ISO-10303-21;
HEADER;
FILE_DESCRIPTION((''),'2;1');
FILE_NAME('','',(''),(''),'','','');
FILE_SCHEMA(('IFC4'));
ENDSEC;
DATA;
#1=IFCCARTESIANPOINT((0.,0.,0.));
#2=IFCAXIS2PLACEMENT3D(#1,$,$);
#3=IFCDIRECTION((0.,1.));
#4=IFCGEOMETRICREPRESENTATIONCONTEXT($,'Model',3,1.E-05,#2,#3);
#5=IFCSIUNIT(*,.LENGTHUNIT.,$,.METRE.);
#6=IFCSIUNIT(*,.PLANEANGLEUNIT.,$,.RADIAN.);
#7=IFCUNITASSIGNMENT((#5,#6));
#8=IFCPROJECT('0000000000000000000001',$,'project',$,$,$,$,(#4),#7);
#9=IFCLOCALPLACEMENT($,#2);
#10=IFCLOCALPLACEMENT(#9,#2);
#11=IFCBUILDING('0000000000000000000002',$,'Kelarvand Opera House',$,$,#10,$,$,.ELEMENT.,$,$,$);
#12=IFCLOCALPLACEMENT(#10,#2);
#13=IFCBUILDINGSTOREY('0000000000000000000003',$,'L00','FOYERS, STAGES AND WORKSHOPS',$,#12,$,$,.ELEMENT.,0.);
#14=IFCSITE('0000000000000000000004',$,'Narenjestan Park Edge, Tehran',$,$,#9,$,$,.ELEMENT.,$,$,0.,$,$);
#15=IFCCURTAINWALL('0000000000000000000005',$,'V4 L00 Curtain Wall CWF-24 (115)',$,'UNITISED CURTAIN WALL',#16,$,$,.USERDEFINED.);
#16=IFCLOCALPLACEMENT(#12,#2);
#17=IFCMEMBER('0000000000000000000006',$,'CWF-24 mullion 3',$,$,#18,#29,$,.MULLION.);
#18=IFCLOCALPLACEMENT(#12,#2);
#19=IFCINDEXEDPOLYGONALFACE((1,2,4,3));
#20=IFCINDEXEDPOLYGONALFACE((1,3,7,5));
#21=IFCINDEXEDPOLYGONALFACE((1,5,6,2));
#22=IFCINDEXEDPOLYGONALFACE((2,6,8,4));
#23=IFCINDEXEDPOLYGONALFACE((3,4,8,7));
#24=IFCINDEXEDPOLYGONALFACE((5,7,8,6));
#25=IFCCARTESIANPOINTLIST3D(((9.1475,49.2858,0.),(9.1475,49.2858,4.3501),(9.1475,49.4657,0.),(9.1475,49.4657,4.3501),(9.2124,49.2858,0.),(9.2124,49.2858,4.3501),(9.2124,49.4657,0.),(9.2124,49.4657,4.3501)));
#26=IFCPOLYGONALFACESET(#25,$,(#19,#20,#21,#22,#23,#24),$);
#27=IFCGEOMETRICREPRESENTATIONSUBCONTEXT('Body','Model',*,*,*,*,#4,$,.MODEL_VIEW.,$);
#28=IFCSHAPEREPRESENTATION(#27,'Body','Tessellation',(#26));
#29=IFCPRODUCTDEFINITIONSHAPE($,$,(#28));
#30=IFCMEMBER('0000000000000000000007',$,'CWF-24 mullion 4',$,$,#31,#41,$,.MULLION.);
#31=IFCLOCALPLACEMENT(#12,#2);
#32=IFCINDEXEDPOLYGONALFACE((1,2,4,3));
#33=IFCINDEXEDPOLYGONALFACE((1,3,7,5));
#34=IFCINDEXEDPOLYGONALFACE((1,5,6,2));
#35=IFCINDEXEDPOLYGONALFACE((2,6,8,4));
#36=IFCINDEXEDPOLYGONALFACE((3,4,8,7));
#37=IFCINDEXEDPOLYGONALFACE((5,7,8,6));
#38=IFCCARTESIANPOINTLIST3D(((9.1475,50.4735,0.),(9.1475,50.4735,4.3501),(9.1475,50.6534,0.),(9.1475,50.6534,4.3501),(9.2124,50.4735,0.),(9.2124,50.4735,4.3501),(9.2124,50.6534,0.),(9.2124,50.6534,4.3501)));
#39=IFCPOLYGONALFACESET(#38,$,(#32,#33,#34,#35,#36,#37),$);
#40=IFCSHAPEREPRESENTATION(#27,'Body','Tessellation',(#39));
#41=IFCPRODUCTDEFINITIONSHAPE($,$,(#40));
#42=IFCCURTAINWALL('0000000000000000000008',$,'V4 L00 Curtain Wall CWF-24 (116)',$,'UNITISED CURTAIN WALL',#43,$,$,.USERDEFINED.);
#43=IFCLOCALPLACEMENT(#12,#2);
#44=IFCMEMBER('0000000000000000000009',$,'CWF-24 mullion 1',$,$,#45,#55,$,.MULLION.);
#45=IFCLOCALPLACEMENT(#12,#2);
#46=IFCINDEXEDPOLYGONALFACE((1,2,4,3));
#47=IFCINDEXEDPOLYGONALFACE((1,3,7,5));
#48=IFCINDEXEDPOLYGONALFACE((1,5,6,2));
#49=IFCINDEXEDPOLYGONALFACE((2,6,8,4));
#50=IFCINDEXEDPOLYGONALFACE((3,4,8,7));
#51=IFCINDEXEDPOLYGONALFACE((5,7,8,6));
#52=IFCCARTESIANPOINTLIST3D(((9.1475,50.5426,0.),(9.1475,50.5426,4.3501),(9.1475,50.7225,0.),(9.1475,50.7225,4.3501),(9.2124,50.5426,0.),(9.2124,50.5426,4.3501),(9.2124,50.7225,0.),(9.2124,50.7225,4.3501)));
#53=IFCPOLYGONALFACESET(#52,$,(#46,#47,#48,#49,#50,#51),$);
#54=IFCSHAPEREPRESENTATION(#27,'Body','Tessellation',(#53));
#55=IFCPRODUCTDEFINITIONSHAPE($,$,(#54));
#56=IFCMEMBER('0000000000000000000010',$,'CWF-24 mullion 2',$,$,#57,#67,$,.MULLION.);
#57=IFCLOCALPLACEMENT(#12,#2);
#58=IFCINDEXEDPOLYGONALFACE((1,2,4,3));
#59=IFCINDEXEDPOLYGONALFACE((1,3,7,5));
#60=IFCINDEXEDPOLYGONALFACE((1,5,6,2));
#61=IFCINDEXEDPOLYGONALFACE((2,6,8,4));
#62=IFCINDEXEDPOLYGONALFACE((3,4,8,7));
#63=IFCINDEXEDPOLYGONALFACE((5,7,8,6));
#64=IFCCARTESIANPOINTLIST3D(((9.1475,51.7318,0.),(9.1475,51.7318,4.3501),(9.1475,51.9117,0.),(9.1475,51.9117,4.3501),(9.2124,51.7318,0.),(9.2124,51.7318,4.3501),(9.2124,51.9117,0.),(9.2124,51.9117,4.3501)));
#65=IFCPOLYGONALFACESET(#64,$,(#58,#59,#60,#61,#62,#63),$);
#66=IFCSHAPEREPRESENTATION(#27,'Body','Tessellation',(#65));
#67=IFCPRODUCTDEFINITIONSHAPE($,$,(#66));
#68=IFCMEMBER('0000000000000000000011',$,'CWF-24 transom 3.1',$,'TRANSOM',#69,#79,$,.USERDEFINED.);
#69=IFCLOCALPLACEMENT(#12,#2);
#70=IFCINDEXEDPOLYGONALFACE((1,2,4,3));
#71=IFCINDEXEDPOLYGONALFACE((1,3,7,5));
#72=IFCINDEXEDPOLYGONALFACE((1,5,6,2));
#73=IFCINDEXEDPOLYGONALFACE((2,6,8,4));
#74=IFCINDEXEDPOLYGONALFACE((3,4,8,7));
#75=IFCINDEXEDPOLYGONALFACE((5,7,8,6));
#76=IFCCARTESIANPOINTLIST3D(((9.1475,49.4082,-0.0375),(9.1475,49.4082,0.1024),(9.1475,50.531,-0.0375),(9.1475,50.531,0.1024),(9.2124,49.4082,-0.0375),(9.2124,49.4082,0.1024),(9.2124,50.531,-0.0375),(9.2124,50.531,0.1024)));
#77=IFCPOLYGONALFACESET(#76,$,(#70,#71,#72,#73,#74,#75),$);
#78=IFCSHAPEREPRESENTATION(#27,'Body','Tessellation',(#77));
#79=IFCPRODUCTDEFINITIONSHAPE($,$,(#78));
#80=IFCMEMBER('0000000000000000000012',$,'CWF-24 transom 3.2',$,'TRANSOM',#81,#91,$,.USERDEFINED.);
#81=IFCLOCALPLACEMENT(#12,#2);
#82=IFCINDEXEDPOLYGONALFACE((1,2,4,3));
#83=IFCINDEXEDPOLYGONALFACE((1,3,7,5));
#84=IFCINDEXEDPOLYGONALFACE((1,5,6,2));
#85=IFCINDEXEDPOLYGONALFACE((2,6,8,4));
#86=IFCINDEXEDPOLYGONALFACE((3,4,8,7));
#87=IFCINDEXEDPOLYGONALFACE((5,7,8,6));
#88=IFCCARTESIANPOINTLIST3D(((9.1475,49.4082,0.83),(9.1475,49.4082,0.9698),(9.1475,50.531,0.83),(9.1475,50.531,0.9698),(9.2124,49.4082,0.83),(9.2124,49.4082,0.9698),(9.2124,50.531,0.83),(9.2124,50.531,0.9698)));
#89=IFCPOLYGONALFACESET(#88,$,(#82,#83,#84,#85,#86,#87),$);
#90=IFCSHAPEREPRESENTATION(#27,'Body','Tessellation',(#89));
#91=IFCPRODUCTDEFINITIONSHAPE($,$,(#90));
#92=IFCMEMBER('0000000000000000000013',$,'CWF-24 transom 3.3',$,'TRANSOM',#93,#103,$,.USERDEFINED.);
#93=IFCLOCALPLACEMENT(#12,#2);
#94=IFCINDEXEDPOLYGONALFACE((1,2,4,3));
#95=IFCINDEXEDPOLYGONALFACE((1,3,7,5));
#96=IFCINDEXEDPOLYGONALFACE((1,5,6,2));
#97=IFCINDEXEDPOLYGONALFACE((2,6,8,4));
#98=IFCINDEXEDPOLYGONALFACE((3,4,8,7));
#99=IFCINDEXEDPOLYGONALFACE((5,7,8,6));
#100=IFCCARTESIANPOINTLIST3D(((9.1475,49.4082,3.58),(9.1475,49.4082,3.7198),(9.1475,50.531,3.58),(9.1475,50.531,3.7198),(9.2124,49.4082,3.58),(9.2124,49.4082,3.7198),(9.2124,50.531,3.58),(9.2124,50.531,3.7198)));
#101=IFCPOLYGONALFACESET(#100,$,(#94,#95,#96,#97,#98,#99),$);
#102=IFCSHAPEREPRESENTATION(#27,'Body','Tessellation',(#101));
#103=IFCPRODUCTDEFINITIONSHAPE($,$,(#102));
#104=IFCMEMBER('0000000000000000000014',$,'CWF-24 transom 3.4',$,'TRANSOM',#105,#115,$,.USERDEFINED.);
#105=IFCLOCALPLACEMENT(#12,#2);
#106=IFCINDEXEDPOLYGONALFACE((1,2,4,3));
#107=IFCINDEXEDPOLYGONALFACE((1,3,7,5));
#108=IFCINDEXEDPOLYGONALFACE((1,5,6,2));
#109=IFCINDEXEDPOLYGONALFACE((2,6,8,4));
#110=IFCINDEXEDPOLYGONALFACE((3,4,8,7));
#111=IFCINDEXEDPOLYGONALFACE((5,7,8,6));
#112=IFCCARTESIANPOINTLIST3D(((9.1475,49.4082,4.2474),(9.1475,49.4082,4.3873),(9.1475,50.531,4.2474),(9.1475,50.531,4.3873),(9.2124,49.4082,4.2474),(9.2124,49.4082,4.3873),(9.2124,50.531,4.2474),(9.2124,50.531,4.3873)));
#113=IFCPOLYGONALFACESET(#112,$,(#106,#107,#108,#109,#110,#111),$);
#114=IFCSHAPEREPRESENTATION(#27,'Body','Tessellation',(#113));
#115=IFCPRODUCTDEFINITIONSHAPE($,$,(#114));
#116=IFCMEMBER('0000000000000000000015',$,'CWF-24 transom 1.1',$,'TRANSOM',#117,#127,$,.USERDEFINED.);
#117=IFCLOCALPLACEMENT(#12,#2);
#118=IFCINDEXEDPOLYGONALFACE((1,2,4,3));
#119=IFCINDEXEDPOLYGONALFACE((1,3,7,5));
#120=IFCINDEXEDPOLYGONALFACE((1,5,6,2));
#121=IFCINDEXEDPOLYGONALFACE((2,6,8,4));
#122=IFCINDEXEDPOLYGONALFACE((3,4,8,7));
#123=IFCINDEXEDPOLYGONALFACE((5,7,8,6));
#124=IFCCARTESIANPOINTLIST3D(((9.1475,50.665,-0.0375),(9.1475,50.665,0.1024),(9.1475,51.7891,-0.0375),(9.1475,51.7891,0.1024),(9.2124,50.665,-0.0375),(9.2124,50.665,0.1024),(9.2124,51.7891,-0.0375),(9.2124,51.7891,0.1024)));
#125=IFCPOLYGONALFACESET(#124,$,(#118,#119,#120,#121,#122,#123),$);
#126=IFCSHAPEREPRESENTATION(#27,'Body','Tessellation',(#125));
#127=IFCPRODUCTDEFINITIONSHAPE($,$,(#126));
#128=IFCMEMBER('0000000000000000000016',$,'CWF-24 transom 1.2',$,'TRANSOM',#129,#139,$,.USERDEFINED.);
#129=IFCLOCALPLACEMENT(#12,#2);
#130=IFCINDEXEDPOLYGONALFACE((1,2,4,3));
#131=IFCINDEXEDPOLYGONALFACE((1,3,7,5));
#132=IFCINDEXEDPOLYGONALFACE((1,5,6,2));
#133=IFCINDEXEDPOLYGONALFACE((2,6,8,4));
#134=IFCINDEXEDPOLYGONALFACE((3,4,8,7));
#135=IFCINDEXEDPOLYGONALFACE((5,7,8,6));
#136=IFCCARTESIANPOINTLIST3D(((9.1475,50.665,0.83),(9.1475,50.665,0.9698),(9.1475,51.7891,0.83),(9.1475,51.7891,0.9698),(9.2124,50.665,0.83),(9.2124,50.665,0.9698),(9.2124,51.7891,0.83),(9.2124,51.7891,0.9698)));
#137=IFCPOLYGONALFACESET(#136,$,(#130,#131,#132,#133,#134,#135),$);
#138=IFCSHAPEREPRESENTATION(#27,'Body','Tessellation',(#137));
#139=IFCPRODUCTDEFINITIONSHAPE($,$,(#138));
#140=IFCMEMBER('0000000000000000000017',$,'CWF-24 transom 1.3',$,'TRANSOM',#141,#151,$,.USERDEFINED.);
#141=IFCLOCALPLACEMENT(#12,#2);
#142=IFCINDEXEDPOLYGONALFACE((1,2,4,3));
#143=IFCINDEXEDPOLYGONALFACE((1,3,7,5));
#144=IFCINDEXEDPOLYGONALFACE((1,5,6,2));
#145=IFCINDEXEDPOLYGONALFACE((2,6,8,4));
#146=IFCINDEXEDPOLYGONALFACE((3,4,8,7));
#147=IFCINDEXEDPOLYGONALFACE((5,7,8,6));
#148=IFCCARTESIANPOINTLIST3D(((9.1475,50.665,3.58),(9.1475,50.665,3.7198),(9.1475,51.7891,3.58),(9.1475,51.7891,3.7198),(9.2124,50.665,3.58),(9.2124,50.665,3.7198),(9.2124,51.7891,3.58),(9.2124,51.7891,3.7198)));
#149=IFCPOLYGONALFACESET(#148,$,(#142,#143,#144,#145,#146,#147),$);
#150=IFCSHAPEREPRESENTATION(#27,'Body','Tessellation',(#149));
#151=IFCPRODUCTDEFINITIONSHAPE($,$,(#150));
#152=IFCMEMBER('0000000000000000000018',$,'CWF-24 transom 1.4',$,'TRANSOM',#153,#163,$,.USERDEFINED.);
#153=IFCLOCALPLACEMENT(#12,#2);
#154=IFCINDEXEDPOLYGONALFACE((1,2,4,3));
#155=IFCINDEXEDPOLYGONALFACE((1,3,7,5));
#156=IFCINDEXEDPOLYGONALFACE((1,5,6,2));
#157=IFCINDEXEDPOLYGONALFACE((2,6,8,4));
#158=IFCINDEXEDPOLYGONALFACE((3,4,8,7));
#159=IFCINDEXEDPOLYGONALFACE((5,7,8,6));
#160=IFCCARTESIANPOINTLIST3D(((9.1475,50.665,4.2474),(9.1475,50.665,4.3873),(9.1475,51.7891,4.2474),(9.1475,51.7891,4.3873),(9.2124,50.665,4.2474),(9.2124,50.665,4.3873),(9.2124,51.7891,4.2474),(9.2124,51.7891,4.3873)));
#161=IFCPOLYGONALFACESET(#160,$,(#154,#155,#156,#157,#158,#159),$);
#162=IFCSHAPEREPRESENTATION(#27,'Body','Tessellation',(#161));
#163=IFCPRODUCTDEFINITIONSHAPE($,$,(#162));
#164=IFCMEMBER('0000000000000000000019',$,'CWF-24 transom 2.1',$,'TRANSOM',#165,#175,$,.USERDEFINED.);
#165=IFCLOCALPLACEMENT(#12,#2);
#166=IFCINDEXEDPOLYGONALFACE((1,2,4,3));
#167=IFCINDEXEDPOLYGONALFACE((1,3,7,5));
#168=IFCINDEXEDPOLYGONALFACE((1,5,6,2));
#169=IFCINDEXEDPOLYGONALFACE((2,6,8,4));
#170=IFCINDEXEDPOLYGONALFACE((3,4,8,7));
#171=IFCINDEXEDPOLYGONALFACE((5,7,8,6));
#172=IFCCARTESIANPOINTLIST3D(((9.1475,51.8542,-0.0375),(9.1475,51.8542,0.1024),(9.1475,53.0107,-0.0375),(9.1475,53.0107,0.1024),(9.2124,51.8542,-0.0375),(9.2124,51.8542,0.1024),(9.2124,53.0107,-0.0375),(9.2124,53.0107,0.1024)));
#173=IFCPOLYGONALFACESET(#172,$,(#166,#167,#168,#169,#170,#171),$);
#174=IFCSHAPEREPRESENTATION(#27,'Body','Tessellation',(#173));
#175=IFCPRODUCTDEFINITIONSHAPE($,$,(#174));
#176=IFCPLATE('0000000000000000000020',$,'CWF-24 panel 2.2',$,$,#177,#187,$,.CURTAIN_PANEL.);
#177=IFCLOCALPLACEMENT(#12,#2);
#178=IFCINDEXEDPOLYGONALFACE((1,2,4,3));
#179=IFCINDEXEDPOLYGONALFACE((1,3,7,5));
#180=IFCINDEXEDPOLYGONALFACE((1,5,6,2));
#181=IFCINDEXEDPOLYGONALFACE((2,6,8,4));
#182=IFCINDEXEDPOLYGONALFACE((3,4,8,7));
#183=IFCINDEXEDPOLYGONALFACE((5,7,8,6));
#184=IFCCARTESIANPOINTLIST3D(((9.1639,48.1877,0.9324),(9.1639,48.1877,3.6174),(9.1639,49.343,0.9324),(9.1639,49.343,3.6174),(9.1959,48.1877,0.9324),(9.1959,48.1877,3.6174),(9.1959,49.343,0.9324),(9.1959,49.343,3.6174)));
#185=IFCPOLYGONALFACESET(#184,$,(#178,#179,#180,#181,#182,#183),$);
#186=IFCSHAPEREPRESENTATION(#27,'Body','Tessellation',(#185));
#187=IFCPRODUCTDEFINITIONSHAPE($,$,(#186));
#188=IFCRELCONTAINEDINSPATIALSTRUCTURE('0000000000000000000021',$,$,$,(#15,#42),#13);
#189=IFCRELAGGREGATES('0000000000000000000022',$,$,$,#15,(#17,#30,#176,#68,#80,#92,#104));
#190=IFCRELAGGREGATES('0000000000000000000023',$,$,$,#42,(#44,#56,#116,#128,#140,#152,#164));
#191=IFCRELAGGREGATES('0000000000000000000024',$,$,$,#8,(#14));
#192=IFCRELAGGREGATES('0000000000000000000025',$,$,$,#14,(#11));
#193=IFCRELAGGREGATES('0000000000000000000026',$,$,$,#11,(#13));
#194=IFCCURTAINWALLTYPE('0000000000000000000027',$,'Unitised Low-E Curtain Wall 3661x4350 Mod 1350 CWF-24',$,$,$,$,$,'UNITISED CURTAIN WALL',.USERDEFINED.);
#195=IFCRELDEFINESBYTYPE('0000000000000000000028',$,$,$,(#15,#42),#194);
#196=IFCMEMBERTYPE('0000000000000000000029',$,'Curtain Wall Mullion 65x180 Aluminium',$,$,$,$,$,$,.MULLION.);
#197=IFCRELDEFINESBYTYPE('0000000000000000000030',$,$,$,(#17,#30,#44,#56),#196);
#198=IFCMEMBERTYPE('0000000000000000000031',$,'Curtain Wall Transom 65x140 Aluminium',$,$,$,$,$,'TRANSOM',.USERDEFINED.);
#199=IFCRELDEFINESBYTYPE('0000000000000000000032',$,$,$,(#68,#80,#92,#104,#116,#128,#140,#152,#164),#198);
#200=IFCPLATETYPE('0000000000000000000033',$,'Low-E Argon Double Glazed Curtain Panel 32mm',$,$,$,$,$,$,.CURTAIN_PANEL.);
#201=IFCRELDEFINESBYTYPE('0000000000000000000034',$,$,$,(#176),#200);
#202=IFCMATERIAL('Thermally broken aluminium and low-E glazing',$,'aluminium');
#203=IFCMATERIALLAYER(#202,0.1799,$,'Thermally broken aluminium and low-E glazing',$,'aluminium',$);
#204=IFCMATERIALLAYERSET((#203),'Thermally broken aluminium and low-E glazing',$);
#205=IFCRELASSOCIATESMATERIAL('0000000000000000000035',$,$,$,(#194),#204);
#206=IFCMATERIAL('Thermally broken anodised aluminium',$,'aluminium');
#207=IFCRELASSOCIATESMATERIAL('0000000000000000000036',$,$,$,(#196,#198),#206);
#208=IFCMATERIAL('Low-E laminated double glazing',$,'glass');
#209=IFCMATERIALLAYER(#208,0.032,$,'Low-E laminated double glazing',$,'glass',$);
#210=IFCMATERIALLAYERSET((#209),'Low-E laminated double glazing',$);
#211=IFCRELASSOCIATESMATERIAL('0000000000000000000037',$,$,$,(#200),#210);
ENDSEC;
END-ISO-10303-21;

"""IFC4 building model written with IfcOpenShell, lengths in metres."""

from ifc_helpers import new_model, si_unit, direction, frame, origin, origin_2d, place, context, subcontext, project, spatial, rectangle, extrude, material, layer, layer_set, material_profile, profile_set, type_object, element, aggregate, save


model = new_model("IFC4")

# Units and contexts
model_context = context("Model", 3, precision=1e-05, world=origin(), true_north=direction((0.0, 1.0)))
body_context = subcontext(model_context, "Body", "Model", "MODEL_VIEW")
ifc_project = project(units=[si_unit("LENGTHUNIT", "METRE"), si_unit("PLANEANGLEUNIT", "RADIAN")], contexts=[model_context])

# Site, building, storey
site_placement = place(None, origin())
site = spatial("IfcSite", under=ifc_project, at=site_placement, Name="Narenjestan Park Edge, Tehran", CompositionType="ELEMENT", RefElevation=0.0)
building_placement = place(site_placement, origin())
building = spatial("IfcBuilding", under=site, at=building_placement, Name="Kelarvand Opera House", CompositionType="ELEMENT")
storey_placement = place(building_placement, origin())
storey = spatial("IfcBuildingStorey", under=building, at=storey_placement, Name="L00", Description="FOYERS, STAGES AND WORKSHOPS", CompositionType="ELEMENT", Elevation=0.0)

# Curtain walls, members
ifc_material_1 = material(Name="Thermally broken aluminium and low-E glazing", Category="aluminium")
ifc_layer_1 = layer(ifc_material_1, 0.1799, Name="Thermally broken aluminium and low-E glazing", Category="aluminium")
ifc_layer_set_1 = layer_set([ifc_layer_1], Name="Thermally broken aluminium and low-E glazing")
curtain_wall_type = type_object("IfcCurtainWallType", Name="Unitised Low-E Curtain Wall 3661x4350 Mod 1350 CWF-24", ElementType="UNITISED CURTAIN WALL", PredefinedType="USERDEFINED", material=ifc_layer_set_1)
curtain_wall_1_placement = place(storey_placement, origin())
curtain_wall_1 = element("IfcCurtainWall", 1, at=curtain_wall_1_placement, inside=storey, type_object=curtain_wall_type, Name="V4 L00 Curtain Wall CWF-24 (115)", ObjectType="UNITISED CURTAIN WALL", PredefinedType="USERDEFINED")
ifc_material_2 = material(Name="Thermally broken anodised aluminium", Category="aluminium")
ifc_material_profile_1 = material_profile(ifc_material_2, rectangle(XDim=0.0649, YDim=0.1799, at=origin_2d()), Name="ALU MULLION 65x180", Category="aluminium")
ifc_profile_set_1 = profile_set([ifc_material_profile_1], Name="Thermally broken anodised aluminium")
member_type_1 = type_object("IfcMemberType", Name="Curtain Wall Mullion 65x180 Aluminium", PredefinedType="MULLION", material=ifc_profile_set_1)
member_1_placement = place(storey_placement, frame((9.1799, 49.3757, 0.0), z_axis=(0.0, 0.0, 1.0), x_axis=(-1.0, 0.0, 0.0)))
member_1 = element("IfcMember", 2, at=member_1_placement, type_object=member_type_1, Name="CWF-24 mullion 3", PredefinedType="MULLION", context=body_context, shape_type="SweptSolid", body=[
    extrude(rectangle(XDim=0.0649, YDim=0.1799, at=origin_2d()), origin(), (0.0, 0.0, 1.0), 4.3501),
])
member_2_placement = place(storey_placement, frame((9.1799, 50.5635, 0.0), z_axis=(0.0, 0.0, 1.0), x_axis=(-1.0, 0.0, 0.0)))
member_2 = element("IfcMember", 3, at=member_2_placement, type_object=member_type_1, Name="CWF-24 mullion 4", PredefinedType="MULLION", context=body_context, shape_type="SweptSolid", body=[
    extrude(rectangle(XDim=0.0649, YDim=0.1799, at=origin_2d()), origin(), (0.0, 0.0, 1.0), 4.3501),
])
curtain_wall_2_placement = place(storey_placement, origin())
curtain_wall_2 = element("IfcCurtainWall", 4, at=curtain_wall_2_placement, inside=storey, type_object=curtain_wall_type, Name="V4 L00 Curtain Wall CWF-24 (116)", ObjectType="UNITISED CURTAIN WALL", PredefinedType="USERDEFINED")
member_3_placement = place(storey_placement, frame((9.1799, 50.6326, 0.0), z_axis=(0.0, 0.0, 1.0), x_axis=(-1.0, 0.0, 0.0)))
member_3 = element("IfcMember", 5, at=member_3_placement, type_object=member_type_1, Name="CWF-24 mullion 1", PredefinedType="MULLION", context=body_context, shape_type="SweptSolid", body=[
    extrude(rectangle(XDim=0.0649, YDim=0.1799, at=origin_2d()), origin(), (0.0, 0.0, 1.0), 4.3501),
])
member_4_placement = place(storey_placement, frame((9.1799, 51.8218, 0.0), z_axis=(0.0, 0.0, 1.0), x_axis=(-1.0, 0.0, 0.0)))
member_4 = element("IfcMember", 6, at=member_4_placement, type_object=member_type_1, Name="CWF-24 mullion 2", PredefinedType="MULLION", context=body_context, shape_type="SweptSolid", body=[
    extrude(rectangle(XDim=0.0649, YDim=0.1799, at=origin_2d()), origin(), (0.0, 0.0, 1.0), 4.3501),
])

# Members
ifc_material_profile_2 = material_profile(ifc_material_2, rectangle(XDim=0.0649, YDim=0.1399, at=origin_2d()), Name="ALU TRANSOM 65x140", Category="aluminium")
ifc_profile_set_2 = profile_set([ifc_material_profile_2], Name="Thermally broken anodised aluminium")
member_type_2 = type_object("IfcMemberType", Name="Curtain Wall Transom 65x140 Aluminium", ElementType="TRANSOM", PredefinedType="USERDEFINED", material=ifc_profile_set_2)
member_5_placement = place(storey_placement, frame((9.1799, 49.4082, 0.0325), z_axis=(0.0, 1.0, 0.0), x_axis=(-1.0, 0.0, 0.0)))
member_5 = element("IfcMember", 7, at=member_5_placement, type_object=member_type_2, Name="CWF-24 transom 3.1", ObjectType="TRANSOM", PredefinedType="USERDEFINED", context=body_context, shape_type="SweptSolid", body=[
    extrude(rectangle(XDim=0.0649, YDim=0.1399, at=origin_2d()), origin(), (0.0, 0.0, 1.0), 1.1228),
])
member_6_placement = place(storey_placement, frame((9.1799, 49.4082, 0.8999), z_axis=(0.0, 1.0, 0.0), x_axis=(-1.0, 0.0, 0.0)))
member_6 = element("IfcMember", 8, at=member_6_placement, type_object=member_type_2, Name="CWF-24 transom 3.2", ObjectType="TRANSOM", PredefinedType="USERDEFINED", context=body_context, shape_type="SweptSolid", body=[
    extrude(rectangle(XDim=0.0649, YDim=0.1399, at=origin_2d()), origin(), (0.0, 0.0, 1.0), 1.1228),
])
member_7_placement = place(storey_placement, frame((9.1799, 49.4082, 3.6499), z_axis=(0.0, 1.0, 0.0), x_axis=(-1.0, 0.0, 0.0)))
member_7 = element("IfcMember", 9, at=member_7_placement, type_object=member_type_2, Name="CWF-24 transom 3.3", ObjectType="TRANSOM", PredefinedType="USERDEFINED", context=body_context, shape_type="SweptSolid", body=[
    extrude(rectangle(XDim=0.0649, YDim=0.1399, at=origin_2d()), origin(), (0.0, 0.0, 1.0), 1.1228),
])
member_8_placement = place(storey_placement, frame((9.1799, 49.4082, 4.3174), z_axis=(0.0, 1.0, 0.0), x_axis=(-1.0, 0.0, 0.0)))
member_8 = element("IfcMember", 10, at=member_8_placement, type_object=member_type_2, Name="CWF-24 transom 3.4", ObjectType="TRANSOM", PredefinedType="USERDEFINED", context=body_context, shape_type="SweptSolid", body=[
    extrude(rectangle(XDim=0.0649, YDim=0.1399, at=origin_2d()), origin(), (0.0, 0.0, 1.0), 1.1228),
])
member_9_placement = place(storey_placement, frame((9.1799, 50.665, 0.0325), z_axis=(0.0, 1.0, 0.0), x_axis=(-1.0, 0.0, 0.0)))
member_9 = element("IfcMember", 11, at=member_9_placement, type_object=member_type_2, Name="CWF-24 transom 1.1", ObjectType="TRANSOM", PredefinedType="USERDEFINED", context=body_context, shape_type="SweptSolid", body=[
    extrude(rectangle(XDim=0.0649, YDim=0.1399, at=origin_2d()), origin(), (0.0, 0.0, 1.0), 1.124),
])
member_10_placement = place(storey_placement, frame((9.1799, 50.665, 0.8999), z_axis=(0.0, 1.0, 0.0), x_axis=(-1.0, 0.0, 0.0)))
member_10 = element("IfcMember", 12, at=member_10_placement, type_object=member_type_2, Name="CWF-24 transom 1.2", ObjectType="TRANSOM", PredefinedType="USERDEFINED", context=body_context, shape_type="SweptSolid", body=[
    extrude(rectangle(XDim=0.0649, YDim=0.1399, at=origin_2d()), origin(), (0.0, 0.0, 1.0), 1.124),
])
member_11_placement = place(storey_placement, frame((9.1799, 50.665, 3.6499), z_axis=(0.0, 1.0, 0.0), x_axis=(-1.0, 0.0, 0.0)))
member_11 = element("IfcMember", 13, at=member_11_placement, type_object=member_type_2, Name="CWF-24 transom 1.3", ObjectType="TRANSOM", PredefinedType="USERDEFINED", context=body_context, shape_type="SweptSolid", body=[
    extrude(rectangle(XDim=0.0649, YDim=0.1399, at=origin_2d()), origin(), (0.0, 0.0, 1.0), 1.124),
])
member_12_placement = place(storey_placement, frame((9.1799, 50.665, 4.3174), z_axis=(0.0, 1.0, 0.0), x_axis=(-1.0, 0.0, 0.0)))
member_12 = element("IfcMember", 14, at=member_12_placement, type_object=member_type_2, Name="CWF-24 transom 1.4", ObjectType="TRANSOM", PredefinedType="USERDEFINED", context=body_context, shape_type="SweptSolid", body=[
    extrude(rectangle(XDim=0.0649, YDim=0.1399, at=origin_2d()), origin(), (0.0, 0.0, 1.0), 1.124),
])
member_13_placement = place(storey_placement, frame((9.1799, 51.8542, 0.0325), z_axis=(0.0, 1.0, 0.0), x_axis=(-1.0, 0.0, 0.0)))
member_13 = element("IfcMember", 15, at=member_13_placement, type_object=member_type_2, Name="CWF-24 transom 2.1", ObjectType="TRANSOM", PredefinedType="USERDEFINED", context=body_context, shape_type="SweptSolid", body=[
    extrude(rectangle(XDim=0.0649, YDim=0.1399, at=origin_2d()), origin(), (0.0, 0.0, 1.0), 1.1565),
])

# Plate
ifc_material_3 = material(Name="Low-E laminated double glazing", Category="glass")
ifc_layer_2 = layer(ifc_material_3, 0.032, Name="Low-E laminated double glazing", Category="glass")
ifc_layer_set_2 = layer_set([ifc_layer_2], Name="Low-E laminated double glazing")
plate_type = type_object("IfcPlateType", Name="Low-E Argon Double Glazed Curtain Panel 32mm", PredefinedType="CURTAIN_PANEL", material=ifc_layer_set_2)
plate_1_placement = place(storey_placement, frame((9.1799, 48.7654, 0.9324), z_axis=(0.0, 0.0, 1.0), x_axis=(0.0, 1.0, 0.0)))
plate_1 = element("IfcPlate", 16, at=plate_1_placement, type_object=plate_type, Name="CWF-24 panel 2.2", PredefinedType="CURTAIN_PANEL", context=body_context, shape_type="SweptSolid", body=[
    extrude(rectangle(XDim=1.1553, YDim=0.032, at=origin_2d()), origin(), (0.0, 0.0, 1.0), 2.6851),
])
aggregate(curtain_wall_1, [member_1, member_2, plate_1, member_5, member_6, member_7, member_8])
aggregate(curtain_wall_2, [member_3, member_4, member_9, member_10, member_11, member_12, member_13])

save(model, "model.ifc")
